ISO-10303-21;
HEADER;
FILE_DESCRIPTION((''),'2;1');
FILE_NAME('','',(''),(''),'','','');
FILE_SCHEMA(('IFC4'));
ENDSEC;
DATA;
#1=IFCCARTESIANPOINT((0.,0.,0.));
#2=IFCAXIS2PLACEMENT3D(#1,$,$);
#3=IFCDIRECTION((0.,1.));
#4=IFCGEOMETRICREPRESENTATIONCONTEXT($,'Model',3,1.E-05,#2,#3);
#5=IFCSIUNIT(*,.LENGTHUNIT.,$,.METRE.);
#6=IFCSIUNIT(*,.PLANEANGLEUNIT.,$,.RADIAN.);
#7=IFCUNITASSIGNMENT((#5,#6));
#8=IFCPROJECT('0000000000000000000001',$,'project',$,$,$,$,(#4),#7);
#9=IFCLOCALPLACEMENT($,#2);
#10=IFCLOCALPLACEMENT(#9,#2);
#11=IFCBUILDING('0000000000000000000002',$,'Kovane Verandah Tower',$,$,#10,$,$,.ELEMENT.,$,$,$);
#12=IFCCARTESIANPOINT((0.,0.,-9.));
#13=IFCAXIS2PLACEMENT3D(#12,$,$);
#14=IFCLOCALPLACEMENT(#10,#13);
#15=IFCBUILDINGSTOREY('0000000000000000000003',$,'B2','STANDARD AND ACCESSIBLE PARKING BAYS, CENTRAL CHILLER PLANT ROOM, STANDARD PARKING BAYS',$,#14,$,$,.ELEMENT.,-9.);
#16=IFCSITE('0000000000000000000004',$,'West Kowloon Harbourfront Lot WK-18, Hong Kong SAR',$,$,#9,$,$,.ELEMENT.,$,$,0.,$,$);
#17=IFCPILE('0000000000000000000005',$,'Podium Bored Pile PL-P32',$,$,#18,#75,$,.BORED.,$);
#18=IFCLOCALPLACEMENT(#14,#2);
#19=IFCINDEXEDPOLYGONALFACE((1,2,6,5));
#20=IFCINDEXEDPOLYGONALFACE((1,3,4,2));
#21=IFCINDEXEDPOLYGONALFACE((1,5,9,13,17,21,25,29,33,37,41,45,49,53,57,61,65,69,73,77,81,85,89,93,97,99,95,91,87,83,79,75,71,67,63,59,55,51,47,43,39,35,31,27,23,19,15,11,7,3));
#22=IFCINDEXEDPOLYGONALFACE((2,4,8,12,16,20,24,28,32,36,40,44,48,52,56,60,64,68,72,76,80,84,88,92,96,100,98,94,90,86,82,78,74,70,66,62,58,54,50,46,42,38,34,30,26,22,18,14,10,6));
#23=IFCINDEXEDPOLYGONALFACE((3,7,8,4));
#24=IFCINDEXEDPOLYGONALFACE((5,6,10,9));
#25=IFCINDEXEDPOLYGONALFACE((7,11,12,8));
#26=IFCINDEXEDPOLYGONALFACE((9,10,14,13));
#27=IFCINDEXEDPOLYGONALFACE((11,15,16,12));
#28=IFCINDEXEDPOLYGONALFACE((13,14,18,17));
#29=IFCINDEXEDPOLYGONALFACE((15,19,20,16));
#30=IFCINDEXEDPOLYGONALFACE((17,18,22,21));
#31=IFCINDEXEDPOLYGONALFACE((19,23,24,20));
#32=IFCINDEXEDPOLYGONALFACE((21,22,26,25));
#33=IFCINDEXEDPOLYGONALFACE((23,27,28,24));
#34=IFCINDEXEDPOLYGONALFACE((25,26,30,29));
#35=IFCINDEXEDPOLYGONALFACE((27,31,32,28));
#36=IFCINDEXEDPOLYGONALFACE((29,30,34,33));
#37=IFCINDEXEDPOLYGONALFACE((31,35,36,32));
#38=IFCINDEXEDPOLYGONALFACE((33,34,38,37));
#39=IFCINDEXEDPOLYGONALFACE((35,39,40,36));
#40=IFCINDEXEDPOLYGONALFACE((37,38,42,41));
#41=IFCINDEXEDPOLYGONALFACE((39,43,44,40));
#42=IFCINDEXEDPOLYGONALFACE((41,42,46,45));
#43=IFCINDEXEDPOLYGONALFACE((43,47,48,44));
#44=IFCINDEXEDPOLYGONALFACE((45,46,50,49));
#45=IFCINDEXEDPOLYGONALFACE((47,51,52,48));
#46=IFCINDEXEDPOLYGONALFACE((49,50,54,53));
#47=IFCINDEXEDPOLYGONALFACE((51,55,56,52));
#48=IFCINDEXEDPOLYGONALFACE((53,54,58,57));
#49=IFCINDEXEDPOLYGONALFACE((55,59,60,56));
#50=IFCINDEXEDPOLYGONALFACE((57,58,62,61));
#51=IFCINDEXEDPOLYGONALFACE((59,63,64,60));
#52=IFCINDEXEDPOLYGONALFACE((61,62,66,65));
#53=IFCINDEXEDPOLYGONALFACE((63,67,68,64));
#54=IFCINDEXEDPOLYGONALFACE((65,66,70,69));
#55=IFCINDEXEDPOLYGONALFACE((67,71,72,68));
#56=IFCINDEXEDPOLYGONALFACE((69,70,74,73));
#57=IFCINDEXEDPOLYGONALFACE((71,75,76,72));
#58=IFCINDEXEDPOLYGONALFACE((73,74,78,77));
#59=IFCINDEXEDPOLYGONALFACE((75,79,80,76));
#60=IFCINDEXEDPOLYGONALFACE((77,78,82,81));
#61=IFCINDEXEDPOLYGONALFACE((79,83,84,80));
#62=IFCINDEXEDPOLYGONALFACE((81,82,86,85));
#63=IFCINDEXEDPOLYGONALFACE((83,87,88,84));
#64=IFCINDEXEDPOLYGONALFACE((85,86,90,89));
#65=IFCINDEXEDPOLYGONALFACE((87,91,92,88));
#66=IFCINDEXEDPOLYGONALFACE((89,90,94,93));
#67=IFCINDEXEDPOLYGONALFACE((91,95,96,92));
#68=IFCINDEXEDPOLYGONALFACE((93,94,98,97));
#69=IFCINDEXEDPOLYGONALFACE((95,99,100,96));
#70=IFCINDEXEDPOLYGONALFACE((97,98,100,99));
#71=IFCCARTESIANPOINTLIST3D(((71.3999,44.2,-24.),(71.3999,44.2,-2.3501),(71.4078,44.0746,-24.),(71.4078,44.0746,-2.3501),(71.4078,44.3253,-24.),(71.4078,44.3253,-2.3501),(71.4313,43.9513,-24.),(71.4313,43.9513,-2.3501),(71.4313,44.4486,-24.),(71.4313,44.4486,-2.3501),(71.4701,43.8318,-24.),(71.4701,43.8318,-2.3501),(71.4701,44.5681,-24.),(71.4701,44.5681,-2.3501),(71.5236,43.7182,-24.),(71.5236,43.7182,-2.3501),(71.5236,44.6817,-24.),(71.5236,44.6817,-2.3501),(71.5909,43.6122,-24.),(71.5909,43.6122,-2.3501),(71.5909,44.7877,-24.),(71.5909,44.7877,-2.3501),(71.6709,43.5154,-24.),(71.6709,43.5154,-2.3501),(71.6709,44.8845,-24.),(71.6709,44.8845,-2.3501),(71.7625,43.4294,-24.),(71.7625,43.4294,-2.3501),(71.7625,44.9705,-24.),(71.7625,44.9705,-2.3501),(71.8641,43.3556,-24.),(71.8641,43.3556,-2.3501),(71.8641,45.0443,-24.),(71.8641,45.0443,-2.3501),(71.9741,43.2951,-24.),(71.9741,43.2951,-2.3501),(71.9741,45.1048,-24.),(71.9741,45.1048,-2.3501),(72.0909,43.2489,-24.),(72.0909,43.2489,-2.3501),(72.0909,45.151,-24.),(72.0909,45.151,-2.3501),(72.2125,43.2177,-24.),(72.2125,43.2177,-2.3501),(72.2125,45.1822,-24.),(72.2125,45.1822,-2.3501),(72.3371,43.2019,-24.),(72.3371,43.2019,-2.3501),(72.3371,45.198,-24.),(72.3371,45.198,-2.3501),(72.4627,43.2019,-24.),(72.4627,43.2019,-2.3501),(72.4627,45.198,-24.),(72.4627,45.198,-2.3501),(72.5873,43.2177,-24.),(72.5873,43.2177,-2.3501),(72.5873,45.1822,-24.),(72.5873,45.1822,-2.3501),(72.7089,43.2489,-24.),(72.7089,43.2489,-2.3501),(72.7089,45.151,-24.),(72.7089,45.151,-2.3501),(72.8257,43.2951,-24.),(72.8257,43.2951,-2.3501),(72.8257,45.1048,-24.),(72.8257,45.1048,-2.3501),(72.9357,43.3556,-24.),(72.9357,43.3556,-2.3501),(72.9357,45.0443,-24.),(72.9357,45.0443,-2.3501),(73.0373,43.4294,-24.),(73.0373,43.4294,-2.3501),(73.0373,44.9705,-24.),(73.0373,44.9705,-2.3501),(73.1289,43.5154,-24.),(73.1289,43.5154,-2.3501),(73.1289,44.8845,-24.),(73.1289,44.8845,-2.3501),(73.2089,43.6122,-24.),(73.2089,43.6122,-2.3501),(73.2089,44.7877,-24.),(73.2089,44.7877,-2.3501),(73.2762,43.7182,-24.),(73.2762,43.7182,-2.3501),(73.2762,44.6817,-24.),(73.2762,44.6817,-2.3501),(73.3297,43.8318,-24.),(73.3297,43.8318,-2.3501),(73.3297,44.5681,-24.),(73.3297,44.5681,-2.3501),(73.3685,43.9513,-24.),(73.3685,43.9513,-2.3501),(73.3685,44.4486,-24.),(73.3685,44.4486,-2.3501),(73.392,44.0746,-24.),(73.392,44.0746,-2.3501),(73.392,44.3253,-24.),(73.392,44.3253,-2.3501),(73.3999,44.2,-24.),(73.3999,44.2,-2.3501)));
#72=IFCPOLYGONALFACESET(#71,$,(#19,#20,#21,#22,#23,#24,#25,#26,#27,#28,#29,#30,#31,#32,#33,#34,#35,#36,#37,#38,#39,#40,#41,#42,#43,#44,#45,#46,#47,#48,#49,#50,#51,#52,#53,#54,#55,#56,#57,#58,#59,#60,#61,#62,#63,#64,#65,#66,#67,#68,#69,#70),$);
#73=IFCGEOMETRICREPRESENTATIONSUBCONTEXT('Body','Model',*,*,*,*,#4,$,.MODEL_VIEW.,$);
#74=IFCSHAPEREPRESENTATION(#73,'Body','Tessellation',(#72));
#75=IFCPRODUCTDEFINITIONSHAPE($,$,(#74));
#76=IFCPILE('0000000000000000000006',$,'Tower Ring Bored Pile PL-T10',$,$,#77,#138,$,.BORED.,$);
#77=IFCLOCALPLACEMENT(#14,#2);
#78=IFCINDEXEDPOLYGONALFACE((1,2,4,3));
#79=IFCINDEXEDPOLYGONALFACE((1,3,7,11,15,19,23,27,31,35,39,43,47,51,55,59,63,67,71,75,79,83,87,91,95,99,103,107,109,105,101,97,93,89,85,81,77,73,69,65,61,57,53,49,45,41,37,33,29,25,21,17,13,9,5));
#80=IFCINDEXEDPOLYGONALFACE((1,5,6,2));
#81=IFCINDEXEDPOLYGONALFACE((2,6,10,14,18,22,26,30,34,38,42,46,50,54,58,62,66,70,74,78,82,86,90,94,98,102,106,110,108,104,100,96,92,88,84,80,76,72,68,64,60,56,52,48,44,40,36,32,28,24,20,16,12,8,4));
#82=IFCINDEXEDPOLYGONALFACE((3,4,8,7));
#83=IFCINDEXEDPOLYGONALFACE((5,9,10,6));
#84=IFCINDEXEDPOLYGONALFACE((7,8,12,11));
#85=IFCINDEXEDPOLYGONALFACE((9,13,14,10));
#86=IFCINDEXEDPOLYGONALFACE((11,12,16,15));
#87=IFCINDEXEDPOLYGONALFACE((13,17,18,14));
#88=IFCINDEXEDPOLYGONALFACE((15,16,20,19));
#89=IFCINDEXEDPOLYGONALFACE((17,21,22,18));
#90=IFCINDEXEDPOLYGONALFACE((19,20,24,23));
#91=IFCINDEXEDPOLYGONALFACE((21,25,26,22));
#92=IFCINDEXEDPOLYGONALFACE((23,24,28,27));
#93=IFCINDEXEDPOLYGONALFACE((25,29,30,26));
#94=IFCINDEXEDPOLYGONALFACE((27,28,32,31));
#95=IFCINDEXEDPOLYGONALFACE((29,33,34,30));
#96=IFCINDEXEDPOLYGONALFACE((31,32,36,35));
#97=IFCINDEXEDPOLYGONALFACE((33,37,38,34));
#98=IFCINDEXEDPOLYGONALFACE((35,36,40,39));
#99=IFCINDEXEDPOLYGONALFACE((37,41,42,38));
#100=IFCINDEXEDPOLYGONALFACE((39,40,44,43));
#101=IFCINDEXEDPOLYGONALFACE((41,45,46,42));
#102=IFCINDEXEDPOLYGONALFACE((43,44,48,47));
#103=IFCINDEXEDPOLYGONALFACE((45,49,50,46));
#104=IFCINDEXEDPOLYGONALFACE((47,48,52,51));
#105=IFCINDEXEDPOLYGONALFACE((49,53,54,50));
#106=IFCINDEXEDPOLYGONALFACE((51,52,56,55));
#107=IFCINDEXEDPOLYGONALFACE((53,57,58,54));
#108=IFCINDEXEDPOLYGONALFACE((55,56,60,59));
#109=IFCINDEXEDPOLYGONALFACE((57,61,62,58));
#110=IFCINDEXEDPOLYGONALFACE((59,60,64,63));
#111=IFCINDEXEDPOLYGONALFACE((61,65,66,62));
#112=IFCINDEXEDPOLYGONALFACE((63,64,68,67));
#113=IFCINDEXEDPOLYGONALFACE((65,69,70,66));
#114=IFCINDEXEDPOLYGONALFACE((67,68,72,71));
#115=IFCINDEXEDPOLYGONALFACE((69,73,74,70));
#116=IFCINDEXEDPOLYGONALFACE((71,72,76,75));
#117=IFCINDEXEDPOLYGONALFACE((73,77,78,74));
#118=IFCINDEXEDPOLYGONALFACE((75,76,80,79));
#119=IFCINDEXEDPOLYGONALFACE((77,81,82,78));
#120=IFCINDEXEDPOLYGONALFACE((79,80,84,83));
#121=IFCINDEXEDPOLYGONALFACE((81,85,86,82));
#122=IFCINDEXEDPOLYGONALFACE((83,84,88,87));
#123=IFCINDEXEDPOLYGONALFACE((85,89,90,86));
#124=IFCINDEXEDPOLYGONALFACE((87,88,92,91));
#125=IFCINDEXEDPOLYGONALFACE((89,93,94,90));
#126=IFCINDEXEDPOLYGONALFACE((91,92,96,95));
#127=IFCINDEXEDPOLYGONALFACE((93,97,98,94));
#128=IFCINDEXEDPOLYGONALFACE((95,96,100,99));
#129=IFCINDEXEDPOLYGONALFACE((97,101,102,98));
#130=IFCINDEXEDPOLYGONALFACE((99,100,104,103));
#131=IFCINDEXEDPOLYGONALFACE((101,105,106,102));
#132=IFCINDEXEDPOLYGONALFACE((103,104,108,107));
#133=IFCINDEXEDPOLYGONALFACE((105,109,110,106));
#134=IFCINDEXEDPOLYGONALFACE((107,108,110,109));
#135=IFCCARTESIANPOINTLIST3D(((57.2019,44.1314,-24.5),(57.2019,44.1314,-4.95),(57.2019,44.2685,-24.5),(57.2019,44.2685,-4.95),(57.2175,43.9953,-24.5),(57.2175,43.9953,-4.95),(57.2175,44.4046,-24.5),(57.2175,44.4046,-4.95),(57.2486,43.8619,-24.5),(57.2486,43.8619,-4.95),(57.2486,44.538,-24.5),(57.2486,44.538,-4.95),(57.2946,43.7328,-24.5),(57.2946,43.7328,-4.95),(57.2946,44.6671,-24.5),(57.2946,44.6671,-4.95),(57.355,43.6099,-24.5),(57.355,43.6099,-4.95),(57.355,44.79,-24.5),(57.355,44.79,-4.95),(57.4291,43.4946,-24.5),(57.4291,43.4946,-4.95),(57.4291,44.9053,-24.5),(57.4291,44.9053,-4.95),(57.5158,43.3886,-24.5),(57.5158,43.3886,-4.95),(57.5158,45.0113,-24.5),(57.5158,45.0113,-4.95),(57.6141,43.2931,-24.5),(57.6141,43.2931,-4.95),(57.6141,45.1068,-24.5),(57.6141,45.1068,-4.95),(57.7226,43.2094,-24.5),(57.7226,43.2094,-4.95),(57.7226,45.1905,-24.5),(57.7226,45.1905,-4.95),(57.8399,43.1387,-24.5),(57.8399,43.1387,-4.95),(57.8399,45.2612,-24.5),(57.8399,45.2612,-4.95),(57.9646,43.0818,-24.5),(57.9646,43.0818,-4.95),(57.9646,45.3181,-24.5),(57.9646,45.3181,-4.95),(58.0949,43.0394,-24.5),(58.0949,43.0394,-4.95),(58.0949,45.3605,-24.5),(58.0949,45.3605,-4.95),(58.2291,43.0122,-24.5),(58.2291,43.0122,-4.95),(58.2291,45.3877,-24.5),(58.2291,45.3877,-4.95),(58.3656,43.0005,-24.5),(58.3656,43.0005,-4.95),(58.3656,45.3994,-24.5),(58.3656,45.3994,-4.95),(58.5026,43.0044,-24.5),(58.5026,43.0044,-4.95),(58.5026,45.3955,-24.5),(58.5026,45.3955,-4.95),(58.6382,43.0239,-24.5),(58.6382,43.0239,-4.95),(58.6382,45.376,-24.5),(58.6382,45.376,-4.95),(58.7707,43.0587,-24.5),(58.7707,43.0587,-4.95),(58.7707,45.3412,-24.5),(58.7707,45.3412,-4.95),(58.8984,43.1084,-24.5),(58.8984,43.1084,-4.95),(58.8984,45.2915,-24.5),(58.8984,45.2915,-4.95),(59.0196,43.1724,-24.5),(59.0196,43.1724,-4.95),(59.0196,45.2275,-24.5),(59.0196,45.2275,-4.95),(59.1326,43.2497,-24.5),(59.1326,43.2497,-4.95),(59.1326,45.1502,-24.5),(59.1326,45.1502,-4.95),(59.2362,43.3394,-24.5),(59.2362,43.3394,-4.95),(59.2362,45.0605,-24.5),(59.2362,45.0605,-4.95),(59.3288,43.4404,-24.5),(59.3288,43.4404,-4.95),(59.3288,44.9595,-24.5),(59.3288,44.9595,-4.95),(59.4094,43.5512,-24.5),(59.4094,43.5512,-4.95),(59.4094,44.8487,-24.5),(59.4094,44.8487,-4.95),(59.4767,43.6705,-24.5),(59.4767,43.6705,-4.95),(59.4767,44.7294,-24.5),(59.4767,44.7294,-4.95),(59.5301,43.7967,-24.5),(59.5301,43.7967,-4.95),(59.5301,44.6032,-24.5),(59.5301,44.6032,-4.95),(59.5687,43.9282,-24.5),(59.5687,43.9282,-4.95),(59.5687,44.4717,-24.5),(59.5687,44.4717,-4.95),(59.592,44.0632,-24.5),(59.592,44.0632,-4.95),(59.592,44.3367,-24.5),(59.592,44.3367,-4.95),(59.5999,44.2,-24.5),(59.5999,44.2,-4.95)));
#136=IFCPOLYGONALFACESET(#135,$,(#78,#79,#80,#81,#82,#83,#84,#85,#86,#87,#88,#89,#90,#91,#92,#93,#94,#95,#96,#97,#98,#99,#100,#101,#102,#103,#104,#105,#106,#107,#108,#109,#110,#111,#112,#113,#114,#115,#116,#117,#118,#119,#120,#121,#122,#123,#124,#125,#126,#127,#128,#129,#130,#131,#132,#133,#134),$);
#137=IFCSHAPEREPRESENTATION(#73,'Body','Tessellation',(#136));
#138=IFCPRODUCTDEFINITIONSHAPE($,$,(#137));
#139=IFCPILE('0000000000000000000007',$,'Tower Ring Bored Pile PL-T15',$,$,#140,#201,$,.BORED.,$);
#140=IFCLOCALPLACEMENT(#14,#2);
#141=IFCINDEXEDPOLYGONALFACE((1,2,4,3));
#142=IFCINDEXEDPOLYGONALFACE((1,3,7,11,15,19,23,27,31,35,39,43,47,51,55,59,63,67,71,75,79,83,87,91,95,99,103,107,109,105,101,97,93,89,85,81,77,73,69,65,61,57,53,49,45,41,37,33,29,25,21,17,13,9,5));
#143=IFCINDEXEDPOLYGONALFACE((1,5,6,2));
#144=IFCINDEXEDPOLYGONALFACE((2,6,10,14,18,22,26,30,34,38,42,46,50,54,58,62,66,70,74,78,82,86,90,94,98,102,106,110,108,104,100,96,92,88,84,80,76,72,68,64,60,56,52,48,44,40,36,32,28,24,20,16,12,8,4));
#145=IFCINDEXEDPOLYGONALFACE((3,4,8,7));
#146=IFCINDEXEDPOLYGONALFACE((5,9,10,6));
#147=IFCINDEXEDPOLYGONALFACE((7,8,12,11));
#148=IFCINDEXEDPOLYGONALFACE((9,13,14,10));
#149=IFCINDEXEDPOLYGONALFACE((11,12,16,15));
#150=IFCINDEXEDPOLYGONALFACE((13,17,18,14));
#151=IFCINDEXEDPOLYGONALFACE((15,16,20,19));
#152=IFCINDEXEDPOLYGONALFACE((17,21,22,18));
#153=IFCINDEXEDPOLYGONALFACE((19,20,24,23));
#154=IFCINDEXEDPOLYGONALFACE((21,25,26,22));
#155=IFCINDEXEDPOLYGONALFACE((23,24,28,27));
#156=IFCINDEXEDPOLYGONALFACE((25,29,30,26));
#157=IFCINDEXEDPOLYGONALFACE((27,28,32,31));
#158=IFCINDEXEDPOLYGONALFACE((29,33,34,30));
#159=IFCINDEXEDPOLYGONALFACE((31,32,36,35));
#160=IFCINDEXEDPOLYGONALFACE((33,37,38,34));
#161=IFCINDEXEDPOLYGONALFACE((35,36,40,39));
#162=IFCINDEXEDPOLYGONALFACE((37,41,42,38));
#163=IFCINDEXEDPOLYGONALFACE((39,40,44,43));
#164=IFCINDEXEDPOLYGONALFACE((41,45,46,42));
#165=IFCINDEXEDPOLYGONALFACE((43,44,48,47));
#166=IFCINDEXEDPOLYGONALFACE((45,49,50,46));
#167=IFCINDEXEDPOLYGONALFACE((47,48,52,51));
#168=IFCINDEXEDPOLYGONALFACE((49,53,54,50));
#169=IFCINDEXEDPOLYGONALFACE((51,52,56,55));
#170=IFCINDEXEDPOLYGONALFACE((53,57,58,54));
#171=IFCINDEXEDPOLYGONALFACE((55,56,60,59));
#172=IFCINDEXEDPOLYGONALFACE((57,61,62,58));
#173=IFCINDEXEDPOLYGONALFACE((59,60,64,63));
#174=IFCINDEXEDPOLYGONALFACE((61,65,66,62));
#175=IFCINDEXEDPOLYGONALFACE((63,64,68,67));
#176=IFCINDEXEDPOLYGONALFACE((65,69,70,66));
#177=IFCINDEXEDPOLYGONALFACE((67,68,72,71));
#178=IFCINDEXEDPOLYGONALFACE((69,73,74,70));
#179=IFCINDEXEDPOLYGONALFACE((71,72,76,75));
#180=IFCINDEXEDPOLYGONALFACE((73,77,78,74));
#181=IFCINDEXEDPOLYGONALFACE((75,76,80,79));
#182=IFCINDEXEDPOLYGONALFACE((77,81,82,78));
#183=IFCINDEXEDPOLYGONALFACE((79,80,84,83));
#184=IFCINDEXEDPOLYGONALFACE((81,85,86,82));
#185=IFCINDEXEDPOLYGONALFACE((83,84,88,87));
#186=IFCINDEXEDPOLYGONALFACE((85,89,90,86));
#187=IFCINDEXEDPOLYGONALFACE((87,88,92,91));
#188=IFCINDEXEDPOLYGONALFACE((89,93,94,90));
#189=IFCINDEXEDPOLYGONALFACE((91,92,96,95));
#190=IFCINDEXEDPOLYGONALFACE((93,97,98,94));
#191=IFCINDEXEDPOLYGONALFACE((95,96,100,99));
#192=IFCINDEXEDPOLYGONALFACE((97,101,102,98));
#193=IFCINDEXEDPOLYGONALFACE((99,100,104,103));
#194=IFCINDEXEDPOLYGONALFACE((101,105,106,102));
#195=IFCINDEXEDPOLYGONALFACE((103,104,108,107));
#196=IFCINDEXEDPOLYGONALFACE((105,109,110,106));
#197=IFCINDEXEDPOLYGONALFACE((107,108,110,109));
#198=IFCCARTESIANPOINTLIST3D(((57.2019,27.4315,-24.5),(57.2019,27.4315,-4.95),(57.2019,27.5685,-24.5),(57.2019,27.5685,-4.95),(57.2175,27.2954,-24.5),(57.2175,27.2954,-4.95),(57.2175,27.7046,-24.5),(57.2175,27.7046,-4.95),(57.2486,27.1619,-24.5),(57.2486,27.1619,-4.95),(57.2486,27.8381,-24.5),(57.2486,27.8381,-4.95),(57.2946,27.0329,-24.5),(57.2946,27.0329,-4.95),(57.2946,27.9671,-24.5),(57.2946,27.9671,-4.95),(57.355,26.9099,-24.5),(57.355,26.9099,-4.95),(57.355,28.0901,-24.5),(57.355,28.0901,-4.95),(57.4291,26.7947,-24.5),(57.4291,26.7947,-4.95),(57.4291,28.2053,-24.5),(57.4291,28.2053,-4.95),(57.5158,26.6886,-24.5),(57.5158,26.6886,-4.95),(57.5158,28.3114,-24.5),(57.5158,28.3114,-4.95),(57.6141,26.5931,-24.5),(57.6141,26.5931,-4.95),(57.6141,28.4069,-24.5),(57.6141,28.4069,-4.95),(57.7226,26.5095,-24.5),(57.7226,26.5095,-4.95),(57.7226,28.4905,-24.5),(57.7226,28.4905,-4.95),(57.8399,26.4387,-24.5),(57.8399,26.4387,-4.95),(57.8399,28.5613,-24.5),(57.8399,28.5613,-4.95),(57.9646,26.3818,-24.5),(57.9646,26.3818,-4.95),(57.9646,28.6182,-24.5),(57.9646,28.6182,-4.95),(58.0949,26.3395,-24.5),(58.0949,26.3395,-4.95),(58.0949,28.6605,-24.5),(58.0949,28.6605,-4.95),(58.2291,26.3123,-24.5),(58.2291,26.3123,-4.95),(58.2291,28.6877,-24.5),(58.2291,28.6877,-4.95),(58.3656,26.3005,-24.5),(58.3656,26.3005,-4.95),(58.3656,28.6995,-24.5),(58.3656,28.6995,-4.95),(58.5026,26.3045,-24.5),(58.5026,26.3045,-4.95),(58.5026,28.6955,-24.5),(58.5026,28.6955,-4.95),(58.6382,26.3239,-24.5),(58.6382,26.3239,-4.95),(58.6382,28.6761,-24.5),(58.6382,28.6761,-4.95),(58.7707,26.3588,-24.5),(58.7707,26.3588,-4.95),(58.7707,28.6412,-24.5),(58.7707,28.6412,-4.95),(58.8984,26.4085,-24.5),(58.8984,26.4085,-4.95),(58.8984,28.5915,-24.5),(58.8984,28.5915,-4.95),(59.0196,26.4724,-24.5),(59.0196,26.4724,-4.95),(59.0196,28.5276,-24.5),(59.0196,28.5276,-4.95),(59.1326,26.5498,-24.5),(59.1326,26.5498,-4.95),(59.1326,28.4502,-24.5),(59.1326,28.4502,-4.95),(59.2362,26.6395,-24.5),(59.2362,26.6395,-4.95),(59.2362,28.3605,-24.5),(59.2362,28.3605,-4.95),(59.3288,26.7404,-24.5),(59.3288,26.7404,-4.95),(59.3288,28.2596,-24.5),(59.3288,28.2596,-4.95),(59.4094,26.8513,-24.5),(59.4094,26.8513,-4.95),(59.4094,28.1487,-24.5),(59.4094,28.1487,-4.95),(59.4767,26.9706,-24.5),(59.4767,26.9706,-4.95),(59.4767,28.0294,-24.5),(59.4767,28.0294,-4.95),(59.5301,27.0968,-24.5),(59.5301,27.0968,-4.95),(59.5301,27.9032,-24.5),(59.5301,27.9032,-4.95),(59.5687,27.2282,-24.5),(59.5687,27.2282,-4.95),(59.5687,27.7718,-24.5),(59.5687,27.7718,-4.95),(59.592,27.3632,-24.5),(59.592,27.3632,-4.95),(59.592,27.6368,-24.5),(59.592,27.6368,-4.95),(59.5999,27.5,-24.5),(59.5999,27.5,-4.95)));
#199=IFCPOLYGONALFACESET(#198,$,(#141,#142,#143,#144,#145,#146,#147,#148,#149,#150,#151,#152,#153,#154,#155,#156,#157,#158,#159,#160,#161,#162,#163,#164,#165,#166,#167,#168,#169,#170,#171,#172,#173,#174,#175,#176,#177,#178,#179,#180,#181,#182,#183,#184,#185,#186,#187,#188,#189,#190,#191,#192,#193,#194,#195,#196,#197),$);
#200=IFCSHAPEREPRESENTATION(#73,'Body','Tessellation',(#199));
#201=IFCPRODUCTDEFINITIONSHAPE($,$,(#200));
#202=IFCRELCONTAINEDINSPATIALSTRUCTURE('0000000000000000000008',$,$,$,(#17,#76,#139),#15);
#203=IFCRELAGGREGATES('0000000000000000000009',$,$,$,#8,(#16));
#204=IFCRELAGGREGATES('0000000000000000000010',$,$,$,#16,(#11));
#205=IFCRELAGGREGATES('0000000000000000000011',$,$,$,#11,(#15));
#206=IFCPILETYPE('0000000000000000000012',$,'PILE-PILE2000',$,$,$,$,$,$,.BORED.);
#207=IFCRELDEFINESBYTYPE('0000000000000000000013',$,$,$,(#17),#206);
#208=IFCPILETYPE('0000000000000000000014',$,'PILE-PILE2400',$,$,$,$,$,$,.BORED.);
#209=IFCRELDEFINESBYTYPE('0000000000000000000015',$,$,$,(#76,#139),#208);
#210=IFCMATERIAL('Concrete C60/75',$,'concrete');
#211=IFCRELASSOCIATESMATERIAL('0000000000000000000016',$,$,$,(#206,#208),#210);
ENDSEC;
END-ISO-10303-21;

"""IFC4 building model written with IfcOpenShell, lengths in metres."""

from ifc_helpers import new_model, si_unit, direction, frame, origin, origin_2d, place, context, subcontext, project, spatial, circle, extrude, material, material_profile, profile_set, type_object, element, save


model = new_model("IFC4")

# Units and contexts
model_context = context("Model", 3, precision=1e-05, world=origin(), true_north=direction((0.0, 1.0)))
body_context = subcontext(model_context, "Body", "Model", "MODEL_VIEW")
ifc_project = project(units=[si_unit("LENGTHUNIT", "METRE"), si_unit("PLANEANGLEUNIT", "RADIAN")], contexts=[model_context])

# Site, building, storey
site_placement = place(None, origin())
site = spatial("IfcSite", under=ifc_project, at=site_placement, Name="West Kowloon Harbourfront Lot WK-18, Hong Kong SAR", CompositionType="ELEMENT", RefElevation=0.0)
building_placement = place(site_placement, origin())
building = spatial("IfcBuilding", under=site, at=building_placement, Name="Kovane Verandah Tower", CompositionType="ELEMENT")
storey_placement = place(building_placement, frame((0.0, 0.0, -9.0)))
storey = spatial("IfcBuildingStorey", under=building, at=storey_placement, Name="B2", Description="STANDARD AND ACCESSIBLE PARKING BAYS, CENTRAL CHILLER PLANT ROOM, STANDARD PARKING BAYS", CompositionType="ELEMENT", Elevation=-9.0)

# Shared definitions
ifc_material_1 = material(Name="Concrete C60/75", Category="concrete")

# Piles
ifc_material_profile_1 = material_profile(ifc_material_1, circle(Radius=1.0, at=origin_2d()), Name="PILE2000")
ifc_profile_set_1 = profile_set([ifc_material_profile_1], Name="Concrete C60/75")
pile_type_1 = type_object("IfcPileType", Name="PILE-PILE2000", PredefinedType="BORED", material=ifc_profile_set_1)
for number, where, z_axis, x_axis, name in (
    (1, (72.3999, 44.2, -2.3501), (0.0, 0.0, -1.0), (1.0, 0.0, 0.0), "Podium Bored Pile PL-P32"),
):
    element("IfcPile", number, at=place(storey_placement, frame(where, z_axis=z_axis, x_axis=x_axis)), inside=storey, type_object=pile_type_1, Name=name, PredefinedType="BORED", context=body_context, shape_type="SweptSolid", body=[
        extrude(circle(Radius=1.0, at=origin_2d()), origin(), (0.0, 0.0, 1.0), 21.6499),
    ])
ifc_material_profile_2 = material_profile(ifc_material_1, circle(Radius=1.2, at=origin_2d()), Name="PILE2400")
ifc_profile_set_2 = profile_set([ifc_material_profile_2], Name="Concrete C60/75")
pile_type_2 = type_object("IfcPileType", Name="PILE-PILE2400", PredefinedType="BORED", material=ifc_profile_set_2)
for number, where, z_axis, x_axis, name in (
    (2, (58.3999, 44.2, -4.95), (0.0, 0.0, -1.0), (1.0, 0.0, 0.0), "Tower Ring Bored Pile PL-T10"),
    (3, (58.3999, 27.5, -4.95), (0.0, 0.0, -1.0), (1.0, 0.0, 0.0), "Tower Ring Bored Pile PL-T15"),
):
    element("IfcPile", number, at=place(storey_placement, frame(where, z_axis=z_axis, x_axis=x_axis)), inside=storey, type_object=pile_type_2, Name=name, PredefinedType="BORED", context=body_context, shape_type="SweptSolid", body=[
        extrude(circle(Radius=1.2, at=origin_2d()), origin(), (0.0, 0.0, 1.0), 19.55),
    ])

save(model, "model.ifc")
